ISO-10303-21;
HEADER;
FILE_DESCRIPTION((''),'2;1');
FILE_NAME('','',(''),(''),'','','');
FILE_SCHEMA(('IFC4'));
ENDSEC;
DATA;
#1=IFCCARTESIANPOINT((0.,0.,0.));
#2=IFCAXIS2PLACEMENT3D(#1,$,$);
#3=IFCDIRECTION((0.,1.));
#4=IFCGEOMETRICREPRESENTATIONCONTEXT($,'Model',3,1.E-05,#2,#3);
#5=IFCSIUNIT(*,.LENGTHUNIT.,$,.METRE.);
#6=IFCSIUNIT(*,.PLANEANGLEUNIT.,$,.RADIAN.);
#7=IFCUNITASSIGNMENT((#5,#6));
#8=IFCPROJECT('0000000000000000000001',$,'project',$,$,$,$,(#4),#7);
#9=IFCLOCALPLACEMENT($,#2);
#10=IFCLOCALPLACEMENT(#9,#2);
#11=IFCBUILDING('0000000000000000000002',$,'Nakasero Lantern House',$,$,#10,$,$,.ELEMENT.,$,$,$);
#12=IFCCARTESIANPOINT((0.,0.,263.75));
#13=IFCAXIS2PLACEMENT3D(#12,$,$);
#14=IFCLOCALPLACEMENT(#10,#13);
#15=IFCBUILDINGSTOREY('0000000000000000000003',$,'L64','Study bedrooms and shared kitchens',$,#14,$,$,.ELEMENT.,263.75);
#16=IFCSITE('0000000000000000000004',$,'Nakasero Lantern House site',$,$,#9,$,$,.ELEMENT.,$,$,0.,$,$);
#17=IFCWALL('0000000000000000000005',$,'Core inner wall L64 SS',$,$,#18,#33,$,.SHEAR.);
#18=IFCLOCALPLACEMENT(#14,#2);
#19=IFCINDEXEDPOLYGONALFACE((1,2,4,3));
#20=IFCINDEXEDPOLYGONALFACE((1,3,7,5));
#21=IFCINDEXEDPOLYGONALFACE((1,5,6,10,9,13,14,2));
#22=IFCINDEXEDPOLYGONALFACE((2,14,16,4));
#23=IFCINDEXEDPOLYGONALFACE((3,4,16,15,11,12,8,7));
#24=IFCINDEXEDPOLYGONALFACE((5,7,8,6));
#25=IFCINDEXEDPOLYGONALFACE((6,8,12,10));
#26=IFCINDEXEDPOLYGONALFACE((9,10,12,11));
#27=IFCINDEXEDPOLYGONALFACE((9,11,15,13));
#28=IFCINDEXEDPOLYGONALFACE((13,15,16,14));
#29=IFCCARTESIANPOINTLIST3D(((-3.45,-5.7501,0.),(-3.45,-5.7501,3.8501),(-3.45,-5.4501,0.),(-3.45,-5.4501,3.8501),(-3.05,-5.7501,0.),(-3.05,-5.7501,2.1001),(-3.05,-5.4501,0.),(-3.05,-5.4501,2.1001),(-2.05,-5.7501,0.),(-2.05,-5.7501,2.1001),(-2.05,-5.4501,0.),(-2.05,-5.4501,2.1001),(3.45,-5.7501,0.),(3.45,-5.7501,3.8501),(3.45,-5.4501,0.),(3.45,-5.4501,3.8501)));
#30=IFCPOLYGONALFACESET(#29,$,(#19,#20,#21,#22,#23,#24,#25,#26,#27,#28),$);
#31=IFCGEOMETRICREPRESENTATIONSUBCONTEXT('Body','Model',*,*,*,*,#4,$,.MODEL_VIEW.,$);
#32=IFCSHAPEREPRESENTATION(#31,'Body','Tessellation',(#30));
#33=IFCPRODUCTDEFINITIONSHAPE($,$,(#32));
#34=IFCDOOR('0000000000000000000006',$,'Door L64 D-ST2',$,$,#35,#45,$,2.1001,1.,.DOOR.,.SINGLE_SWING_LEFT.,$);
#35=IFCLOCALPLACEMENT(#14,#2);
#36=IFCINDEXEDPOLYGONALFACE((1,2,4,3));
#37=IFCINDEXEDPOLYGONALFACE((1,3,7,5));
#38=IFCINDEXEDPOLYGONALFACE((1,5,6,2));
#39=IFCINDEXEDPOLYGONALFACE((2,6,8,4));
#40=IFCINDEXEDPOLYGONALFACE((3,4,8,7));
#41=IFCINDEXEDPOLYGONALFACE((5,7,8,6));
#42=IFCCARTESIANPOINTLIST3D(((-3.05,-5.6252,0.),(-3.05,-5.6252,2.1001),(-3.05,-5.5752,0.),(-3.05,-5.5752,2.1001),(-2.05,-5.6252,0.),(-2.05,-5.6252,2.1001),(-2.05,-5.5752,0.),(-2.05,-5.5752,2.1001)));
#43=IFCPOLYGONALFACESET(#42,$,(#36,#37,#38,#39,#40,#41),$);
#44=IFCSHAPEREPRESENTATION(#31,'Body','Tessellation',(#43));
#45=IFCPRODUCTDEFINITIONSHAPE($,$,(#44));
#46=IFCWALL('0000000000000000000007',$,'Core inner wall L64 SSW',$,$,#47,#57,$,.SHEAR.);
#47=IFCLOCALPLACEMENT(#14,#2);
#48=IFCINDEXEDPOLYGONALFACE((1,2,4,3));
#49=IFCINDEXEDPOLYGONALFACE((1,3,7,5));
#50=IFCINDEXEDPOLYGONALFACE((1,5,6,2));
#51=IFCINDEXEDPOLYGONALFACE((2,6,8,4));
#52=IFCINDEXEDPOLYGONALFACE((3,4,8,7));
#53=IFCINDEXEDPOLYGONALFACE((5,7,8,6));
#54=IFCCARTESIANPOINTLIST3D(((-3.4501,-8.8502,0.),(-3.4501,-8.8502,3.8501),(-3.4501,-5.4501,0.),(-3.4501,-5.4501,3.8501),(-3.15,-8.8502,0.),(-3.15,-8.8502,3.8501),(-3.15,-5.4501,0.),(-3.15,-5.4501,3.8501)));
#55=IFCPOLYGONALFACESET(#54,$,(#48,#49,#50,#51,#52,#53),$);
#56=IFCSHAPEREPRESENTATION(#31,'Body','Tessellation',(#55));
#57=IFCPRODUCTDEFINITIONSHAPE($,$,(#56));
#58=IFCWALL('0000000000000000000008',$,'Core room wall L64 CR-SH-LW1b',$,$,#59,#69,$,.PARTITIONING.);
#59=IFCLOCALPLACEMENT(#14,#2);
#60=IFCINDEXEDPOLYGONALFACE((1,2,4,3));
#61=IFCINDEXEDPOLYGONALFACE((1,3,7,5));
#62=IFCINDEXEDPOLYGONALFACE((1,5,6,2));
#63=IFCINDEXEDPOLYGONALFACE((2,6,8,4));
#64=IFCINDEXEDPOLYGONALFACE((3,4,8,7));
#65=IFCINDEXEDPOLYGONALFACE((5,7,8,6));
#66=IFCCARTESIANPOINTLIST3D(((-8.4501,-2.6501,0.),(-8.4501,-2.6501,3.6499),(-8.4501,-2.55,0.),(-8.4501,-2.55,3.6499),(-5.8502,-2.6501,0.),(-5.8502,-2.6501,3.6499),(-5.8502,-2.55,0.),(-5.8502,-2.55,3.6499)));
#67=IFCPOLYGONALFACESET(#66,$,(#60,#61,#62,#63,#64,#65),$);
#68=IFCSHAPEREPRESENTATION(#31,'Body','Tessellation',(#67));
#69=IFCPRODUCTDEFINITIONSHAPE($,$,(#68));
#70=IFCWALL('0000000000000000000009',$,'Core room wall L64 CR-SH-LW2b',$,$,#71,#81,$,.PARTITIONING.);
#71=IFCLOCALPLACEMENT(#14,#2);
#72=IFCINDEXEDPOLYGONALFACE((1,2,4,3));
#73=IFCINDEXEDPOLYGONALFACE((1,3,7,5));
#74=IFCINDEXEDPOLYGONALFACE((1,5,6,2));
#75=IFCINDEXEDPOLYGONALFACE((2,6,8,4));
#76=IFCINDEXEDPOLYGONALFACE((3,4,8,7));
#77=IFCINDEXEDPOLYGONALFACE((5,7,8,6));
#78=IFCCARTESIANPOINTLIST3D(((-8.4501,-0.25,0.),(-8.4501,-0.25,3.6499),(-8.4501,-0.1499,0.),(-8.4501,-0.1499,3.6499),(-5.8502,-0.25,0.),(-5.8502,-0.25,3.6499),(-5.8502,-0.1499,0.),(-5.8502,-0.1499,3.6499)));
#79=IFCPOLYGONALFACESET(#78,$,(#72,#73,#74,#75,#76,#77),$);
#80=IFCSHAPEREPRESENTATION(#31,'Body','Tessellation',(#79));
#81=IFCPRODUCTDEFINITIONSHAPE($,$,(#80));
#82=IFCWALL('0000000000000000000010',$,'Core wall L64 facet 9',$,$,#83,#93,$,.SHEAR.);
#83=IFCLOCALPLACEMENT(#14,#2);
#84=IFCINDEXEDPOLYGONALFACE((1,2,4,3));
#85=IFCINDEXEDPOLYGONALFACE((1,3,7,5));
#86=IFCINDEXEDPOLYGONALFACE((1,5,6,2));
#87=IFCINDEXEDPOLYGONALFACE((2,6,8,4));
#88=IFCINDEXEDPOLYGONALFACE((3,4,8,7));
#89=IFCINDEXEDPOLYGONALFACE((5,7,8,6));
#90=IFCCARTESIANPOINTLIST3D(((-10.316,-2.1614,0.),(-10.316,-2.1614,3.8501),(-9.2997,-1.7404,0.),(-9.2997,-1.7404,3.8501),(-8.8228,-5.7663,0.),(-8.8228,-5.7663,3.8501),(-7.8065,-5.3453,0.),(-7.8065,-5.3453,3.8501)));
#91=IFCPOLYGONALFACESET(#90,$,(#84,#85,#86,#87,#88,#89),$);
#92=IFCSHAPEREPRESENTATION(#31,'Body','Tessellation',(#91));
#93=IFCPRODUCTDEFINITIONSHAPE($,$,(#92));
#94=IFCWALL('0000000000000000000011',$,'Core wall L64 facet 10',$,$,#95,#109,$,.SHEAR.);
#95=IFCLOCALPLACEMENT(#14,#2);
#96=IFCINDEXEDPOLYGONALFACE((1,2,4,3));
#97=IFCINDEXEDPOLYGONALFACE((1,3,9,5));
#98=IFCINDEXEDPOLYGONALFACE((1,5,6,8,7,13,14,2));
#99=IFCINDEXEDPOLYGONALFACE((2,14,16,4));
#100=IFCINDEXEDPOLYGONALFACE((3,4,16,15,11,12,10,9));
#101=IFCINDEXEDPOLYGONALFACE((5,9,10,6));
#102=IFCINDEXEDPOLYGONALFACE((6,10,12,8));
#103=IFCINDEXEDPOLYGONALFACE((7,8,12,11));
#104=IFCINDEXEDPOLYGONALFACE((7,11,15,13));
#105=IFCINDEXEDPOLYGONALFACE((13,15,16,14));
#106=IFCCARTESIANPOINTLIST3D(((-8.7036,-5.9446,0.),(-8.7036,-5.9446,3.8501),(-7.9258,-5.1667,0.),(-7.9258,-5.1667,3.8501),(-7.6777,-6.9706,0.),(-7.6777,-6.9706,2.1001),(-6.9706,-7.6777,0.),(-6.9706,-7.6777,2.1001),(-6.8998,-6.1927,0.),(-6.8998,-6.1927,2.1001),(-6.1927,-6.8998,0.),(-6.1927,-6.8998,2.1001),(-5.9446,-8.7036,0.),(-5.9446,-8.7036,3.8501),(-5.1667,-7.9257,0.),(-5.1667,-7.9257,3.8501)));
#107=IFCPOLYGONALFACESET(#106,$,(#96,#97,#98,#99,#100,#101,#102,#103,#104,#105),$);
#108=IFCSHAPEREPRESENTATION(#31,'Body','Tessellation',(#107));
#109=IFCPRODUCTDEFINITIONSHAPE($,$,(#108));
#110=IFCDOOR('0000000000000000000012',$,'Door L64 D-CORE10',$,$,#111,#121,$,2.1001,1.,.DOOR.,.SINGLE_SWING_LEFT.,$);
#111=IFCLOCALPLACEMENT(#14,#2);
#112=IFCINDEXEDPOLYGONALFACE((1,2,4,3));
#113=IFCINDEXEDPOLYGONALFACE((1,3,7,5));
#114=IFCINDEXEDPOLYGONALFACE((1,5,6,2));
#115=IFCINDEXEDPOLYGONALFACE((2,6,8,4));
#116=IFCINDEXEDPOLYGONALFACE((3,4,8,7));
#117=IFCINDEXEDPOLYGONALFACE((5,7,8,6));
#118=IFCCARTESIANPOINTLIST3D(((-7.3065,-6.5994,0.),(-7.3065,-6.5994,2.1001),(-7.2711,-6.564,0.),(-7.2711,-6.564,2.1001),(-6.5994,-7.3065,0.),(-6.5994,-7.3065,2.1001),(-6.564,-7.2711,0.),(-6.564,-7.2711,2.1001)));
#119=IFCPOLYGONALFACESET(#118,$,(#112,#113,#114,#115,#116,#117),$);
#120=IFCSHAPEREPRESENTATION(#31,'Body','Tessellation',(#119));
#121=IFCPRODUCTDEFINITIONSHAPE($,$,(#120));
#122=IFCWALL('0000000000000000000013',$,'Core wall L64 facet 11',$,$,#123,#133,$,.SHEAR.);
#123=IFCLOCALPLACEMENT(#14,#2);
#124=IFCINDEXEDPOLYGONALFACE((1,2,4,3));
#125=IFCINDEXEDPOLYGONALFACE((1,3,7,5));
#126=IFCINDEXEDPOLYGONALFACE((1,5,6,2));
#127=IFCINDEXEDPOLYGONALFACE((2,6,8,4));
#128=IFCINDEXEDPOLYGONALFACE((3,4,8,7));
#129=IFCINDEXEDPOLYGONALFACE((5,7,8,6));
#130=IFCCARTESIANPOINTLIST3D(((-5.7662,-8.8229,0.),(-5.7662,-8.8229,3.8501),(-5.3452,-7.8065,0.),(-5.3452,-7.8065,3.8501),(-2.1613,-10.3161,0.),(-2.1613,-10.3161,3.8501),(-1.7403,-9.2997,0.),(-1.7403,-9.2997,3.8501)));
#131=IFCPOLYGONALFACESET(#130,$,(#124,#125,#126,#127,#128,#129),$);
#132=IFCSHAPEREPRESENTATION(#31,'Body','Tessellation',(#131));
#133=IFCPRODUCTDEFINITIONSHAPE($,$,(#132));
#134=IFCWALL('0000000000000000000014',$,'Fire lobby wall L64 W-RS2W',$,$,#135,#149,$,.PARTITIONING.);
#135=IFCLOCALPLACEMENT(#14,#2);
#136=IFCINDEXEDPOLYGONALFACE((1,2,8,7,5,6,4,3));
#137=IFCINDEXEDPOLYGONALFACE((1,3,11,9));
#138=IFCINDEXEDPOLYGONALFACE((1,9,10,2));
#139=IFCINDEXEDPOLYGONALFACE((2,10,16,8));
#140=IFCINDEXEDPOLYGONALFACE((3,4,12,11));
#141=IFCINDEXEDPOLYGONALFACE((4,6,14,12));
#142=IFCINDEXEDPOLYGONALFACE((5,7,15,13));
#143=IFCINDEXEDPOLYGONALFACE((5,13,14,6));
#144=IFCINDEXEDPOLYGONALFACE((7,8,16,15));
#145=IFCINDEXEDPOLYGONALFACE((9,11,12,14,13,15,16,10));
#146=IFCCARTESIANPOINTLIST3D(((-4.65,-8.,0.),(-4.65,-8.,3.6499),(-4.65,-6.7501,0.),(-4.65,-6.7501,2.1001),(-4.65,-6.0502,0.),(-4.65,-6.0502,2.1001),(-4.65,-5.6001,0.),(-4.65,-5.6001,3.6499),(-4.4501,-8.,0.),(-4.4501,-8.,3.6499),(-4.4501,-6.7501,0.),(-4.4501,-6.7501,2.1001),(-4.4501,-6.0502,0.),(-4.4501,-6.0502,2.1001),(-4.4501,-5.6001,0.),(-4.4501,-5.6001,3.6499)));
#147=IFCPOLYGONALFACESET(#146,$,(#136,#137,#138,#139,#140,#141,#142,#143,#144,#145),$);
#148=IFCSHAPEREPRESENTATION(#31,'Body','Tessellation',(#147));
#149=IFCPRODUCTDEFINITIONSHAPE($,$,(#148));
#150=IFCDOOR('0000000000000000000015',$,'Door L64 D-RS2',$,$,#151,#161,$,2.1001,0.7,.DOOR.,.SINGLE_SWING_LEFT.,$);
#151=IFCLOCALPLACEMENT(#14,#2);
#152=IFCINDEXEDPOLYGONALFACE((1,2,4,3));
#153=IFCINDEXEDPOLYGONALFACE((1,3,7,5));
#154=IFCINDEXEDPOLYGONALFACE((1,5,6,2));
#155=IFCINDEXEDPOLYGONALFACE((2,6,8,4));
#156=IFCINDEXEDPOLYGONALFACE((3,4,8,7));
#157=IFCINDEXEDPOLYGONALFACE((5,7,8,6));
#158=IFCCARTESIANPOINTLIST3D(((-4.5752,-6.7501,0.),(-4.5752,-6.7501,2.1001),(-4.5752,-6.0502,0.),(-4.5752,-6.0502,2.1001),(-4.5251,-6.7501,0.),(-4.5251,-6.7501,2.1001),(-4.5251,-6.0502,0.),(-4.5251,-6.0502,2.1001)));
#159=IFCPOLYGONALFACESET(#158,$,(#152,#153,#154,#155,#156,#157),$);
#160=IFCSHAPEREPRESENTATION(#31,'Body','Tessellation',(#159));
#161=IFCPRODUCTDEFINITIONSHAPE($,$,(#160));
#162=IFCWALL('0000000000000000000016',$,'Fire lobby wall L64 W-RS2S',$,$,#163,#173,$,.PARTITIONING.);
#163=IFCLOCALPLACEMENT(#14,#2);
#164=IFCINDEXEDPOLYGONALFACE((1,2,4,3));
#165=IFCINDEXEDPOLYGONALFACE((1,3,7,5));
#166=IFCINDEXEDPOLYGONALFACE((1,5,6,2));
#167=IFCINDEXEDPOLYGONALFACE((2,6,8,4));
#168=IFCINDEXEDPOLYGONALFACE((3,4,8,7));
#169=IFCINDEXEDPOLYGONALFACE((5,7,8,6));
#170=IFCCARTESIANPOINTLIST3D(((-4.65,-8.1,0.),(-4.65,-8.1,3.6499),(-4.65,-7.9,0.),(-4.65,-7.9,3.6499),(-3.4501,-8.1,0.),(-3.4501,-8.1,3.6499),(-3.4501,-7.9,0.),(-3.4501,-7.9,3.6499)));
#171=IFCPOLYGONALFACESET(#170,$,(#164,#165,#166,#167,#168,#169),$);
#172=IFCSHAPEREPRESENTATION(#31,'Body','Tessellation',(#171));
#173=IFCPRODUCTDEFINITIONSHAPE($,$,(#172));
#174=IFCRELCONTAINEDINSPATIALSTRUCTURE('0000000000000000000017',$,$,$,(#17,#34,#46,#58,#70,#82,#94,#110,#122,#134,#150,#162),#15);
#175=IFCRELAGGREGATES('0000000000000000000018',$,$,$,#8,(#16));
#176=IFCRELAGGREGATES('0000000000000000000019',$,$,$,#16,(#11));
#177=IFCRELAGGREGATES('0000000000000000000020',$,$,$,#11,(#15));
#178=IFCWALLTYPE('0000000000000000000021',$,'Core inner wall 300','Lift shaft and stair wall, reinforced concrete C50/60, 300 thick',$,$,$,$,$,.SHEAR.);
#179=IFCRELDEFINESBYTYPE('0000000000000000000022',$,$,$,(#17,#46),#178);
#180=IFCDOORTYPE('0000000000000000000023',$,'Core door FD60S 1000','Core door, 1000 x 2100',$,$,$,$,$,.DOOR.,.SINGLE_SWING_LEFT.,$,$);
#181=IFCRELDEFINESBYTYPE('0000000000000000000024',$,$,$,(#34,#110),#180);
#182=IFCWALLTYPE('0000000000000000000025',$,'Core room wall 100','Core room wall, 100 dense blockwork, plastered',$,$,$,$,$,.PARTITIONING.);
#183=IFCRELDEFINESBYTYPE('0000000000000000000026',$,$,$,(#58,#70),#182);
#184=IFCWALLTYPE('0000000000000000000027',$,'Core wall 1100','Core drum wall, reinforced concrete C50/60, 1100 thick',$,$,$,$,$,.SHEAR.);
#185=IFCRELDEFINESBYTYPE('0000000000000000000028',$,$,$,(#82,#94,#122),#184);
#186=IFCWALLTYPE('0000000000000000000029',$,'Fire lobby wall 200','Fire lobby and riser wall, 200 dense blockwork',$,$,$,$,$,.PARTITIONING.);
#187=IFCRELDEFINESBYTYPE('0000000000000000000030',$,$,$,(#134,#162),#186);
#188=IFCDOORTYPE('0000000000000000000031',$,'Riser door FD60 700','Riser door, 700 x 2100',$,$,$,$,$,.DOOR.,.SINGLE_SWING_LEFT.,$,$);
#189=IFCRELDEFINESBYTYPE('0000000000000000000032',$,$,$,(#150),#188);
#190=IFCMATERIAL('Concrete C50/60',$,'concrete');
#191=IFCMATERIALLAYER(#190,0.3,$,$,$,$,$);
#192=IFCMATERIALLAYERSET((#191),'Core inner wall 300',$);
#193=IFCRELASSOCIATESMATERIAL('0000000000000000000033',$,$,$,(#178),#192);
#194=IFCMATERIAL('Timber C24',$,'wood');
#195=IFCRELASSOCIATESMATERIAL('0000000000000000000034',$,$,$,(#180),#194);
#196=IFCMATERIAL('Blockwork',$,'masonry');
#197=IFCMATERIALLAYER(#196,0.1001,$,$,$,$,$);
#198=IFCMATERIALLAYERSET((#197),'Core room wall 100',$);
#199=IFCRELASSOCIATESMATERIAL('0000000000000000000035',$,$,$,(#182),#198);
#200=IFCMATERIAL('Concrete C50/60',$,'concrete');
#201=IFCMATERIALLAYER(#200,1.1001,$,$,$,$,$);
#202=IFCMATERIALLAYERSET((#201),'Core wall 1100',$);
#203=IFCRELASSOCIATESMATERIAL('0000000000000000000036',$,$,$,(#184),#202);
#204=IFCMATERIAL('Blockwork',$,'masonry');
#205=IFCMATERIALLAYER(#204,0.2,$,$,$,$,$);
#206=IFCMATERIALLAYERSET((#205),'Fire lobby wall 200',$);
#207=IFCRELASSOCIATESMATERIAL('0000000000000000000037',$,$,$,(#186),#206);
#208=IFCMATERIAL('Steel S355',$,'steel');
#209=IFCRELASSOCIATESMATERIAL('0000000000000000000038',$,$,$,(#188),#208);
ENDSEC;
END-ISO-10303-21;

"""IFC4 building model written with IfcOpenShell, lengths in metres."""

from ifc_helpers import new_model, si_unit, direction, frame, frame_2d, origin, place, context, subcontext, project, spatial, rectangle, extrude, material, layer, layer_set, type_object, element, fill, save


model = new_model("IFC4")

# Units and contexts
model_context = context("Model", 3, precision=1e-05, world=origin(), true_north=direction((0.0, 1.0)))
body_context = subcontext(model_context, "Body", "Model", "MODEL_VIEW")
ifc_project = project(units=[si_unit("LENGTHUNIT", "METRE"), si_unit("PLANEANGLEUNIT", "RADIAN")], contexts=[model_context])

# Site, building, storey
site_placement = place(None, origin())
site = spatial("IfcSite", under=ifc_project, at=site_placement, Name="Nakasero Lantern House site", CompositionType="ELEMENT", RefElevation=0.0)
building_placement = place(site_placement, origin())
building = spatial("IfcBuilding", under=site, at=building_placement, Name="Nakasero Lantern House", CompositionType="ELEMENT")
storey_placement = place(building_placement, frame((0.0, 0.0, 263.75)))
storey = spatial("IfcBuildingStorey", under=building, at=storey_placement, Name="L64", Description="Study bedrooms and shared kitchens", CompositionType="ELEMENT", Elevation=263.75)

# Shared definitions
ifc_material_1 = material(Name="Concrete C50/60", Category="concrete")
ifc_layer_1 = layer(ifc_material_1, 0.3)
ifc_layer_set_1 = layer_set([ifc_layer_1], Name="Core inner wall 300")
wall_type_1 = type_object("IfcWallType", Name="Core inner wall 300", Description="Lift shaft and stair wall, reinforced concrete C50/60, 300 thick", PredefinedType="SHEAR", material=ifc_layer_set_1)

# Wall, opening, door
wall_1_placement = place(storey_placement, frame((-3.45, -5.6001, 0.0), z_axis=(0.0, 0.0, 1.0), x_axis=(1.0, 0.0, 0.0)))
wall_1 = element("IfcWall", 1, at=wall_1_placement, inside=storey, type_object=wall_type_1, Name="Core inner wall L64 SS", PredefinedType="SHEAR", context=body_context, shape_type="SweptSolid", body=[
    extrude(rectangle(XDim=6.8999, YDim=0.3, at=frame_2d((3.45, 0.0))), origin(), (0.0, 0.0, 1.0), 3.8501),
])
opening_1_placement = place(wall_1_placement, frame((0.3999, 0.0, 0.0)))
opening_1 = element("IfcOpeningElement", 2, at=opening_1_placement, cuts=wall_1, PredefinedType="OPENING", context=body_context, shape_type="SweptSolid", body=[
    extrude(rectangle(XDim=1.0, YDim=2.1001, at=frame_2d((0.5, 1.05))), frame((0.0, 0.1699, 0.0), z_axis=(0.0, -1.0, 0.0), x_axis=(1.0, 0.0, 0.0)), (0.0, 0.0, 1.0), 0.3401),
])
ifc_material_2 = material(Name="Timber C24", Category="wood")
door_type_1 = type_object("IfcDoorType", Name="Core door FD60S 1000", Description="Core door, 1000 x 2100", OperationType="SINGLE_SWING_LEFT", PredefinedType="DOOR", material=ifc_material_2)
door_1_placement = place(opening_1_placement, origin())
door_1 = element("IfcDoor", 3, at=door_1_placement, inside=storey, type_object=door_type_1, Name="Door L64 D-ST2", OperationType="SINGLE_SWING_LEFT", OverallHeight=2.1001, OverallWidth=1.0, PredefinedType="DOOR", context=body_context, shape_type="SweptSolid", body=[
    extrude(rectangle(XDim=1.0, YDim=2.1001, at=frame_2d((0.5, 1.05))), frame((0.0, 0.0249, 0.0), z_axis=(0.0, -1.0, 0.0), x_axis=(1.0, 0.0, 0.0)), (0.0, 0.0, 1.0), 0.05),
])
fill(opening_1, door_1)

# Walls
wall_2_placement = place(storey_placement, frame((-3.3, -5.45, 0.0), z_axis=(0.0, 0.0, 1.0), x_axis=(0.0, -1.0, 0.0)))
element("IfcWall", 4, at=wall_2_placement, inside=storey, type_object=wall_type_1, Name="Core inner wall L64 SSW", PredefinedType="SHEAR", context=body_context, shape_type="SweptSolid", body=[
    extrude(rectangle(XDim=3.4001, YDim=0.3, at=frame_2d((1.7002, 0.0))), origin(), (0.0, 0.0, 1.0), 3.8501),
])
ifc_material_3 = material(Name="Blockwork", Category="masonry")
ifc_layer_2 = layer(ifc_material_3, 0.1001)
ifc_layer_set_2 = layer_set([ifc_layer_2], Name="Core room wall 100")
wall_type_2 = type_object("IfcWallType", Name="Core room wall 100", Description="Core room wall, 100 dense blockwork, plastered", PredefinedType="PARTITIONING", material=ifc_layer_set_2)
for number, where, z_axis, x_axis, name in (
    (5, (-8.45, -2.6001, 0.0), (0.0, 0.0, 1.0), (1.0, 0.0, 0.0), "Core room wall L64 CR-SH-LW1b"),
    (6, (-8.45, -0.2, 0.0), (0.0, 0.0, 1.0), (1.0, 0.0, 0.0), "Core room wall L64 CR-SH-LW2b"),
):
    element("IfcWall", number, at=place(storey_placement, frame(where, z_axis=z_axis, x_axis=x_axis)), inside=storey, type_object=wall_type_2, Name=name, PredefinedType="PARTITIONING", context=body_context, shape_type="SweptSolid", body=[
        extrude(rectangle(XDim=2.5999, YDim=0.1001, at=frame_2d((1.2998, 0.0))), origin(), (0.0, 0.0, 1.0), 3.6499),
    ])
ifc_material_4 = material(Name="Concrete C50/60", Category="concrete")
ifc_layer_3 = layer(ifc_material_4, 1.1001)
ifc_layer_set_3 = layer_set([ifc_layer_3], Name="Core wall 1100")
wall_type_3 = type_object("IfcWallType", Name="Core wall 1100", Description="Core drum wall, reinforced concrete C50/60, 1100 thick", PredefinedType="SHEAR", material=ifc_layer_set_3)
wall_3_placement = place(storey_placement, frame((-9.8079, -1.9509, 0.0), z_axis=(0.0, 0.0, 1.0), x_axis=(0.382691, -0.923877, 0.0)))
element("IfcWall", 7, at=wall_3_placement, inside=storey, type_object=wall_type_3, Name="Core wall L64 facet 9", PredefinedType="SHEAR", context=body_context, shape_type="SweptSolid", body=[
    extrude(rectangle(XDim=3.9019, YDim=1.1001, at=frame_2d((1.9509, 0.0))), origin(), (0.0, 0.0, 1.0), 3.8501),
])

# Wall, opening, door
wall_4_placement = place(storey_placement, frame((-8.3147, -5.5557, 0.0), z_axis=(0.0, 0.0, 1.0), x_axis=(0.707107, -0.707107, 0.0)))
wall_4 = element("IfcWall", 8, at=wall_4_placement, inside=storey, type_object=wall_type_3, Name="Core wall L64 facet 10", PredefinedType="SHEAR", context=body_context, shape_type="SweptSolid", body=[
    extrude(rectangle(XDim=3.9019, YDim=1.1001, at=frame_2d((1.9509, 0.0))), origin(), (0.0, 0.0, 1.0), 3.8501),
])
opening_2_placement = place(wall_4_placement, frame((1.4509, 0.0, 0.0)))
opening_2 = element("IfcOpeningElement", 9, at=opening_2_placement, cuts=wall_4, PredefinedType="OPENING", context=body_context, shape_type="SweptSolid", body=[
    extrude(rectangle(XDim=1.0, YDim=2.1001, at=frame_2d((0.5, 1.05))), frame((0.0, 0.5701, 0.0), z_axis=(0.0, -1.0, 0.0), x_axis=(1.0, 0.0, 0.0)), (0.0, 0.0, 1.0), 1.1401),
])
door_2_placement = place(opening_2_placement, origin())
door_2 = element("IfcDoor", 10, at=door_2_placement, inside=storey, type_object=door_type_1, Name="Door L64 D-CORE10", OperationType="SINGLE_SWING_LEFT", OverallHeight=2.1001, OverallWidth=1.0, PredefinedType="DOOR", context=body_context, shape_type="SweptSolid", body=[
    extrude(rectangle(XDim=1.0, YDim=2.1001, at=frame_2d((0.5, 1.05))), frame((0.0, 0.0249, 0.0), z_axis=(0.0, -1.0, 0.0), x_axis=(1.0, 0.0, 0.0)), (0.0, 0.0, 1.0), 0.05),
])
fill(opening_2, door_2)

# Wall
wall_5_placement = place(storey_placement, frame((-5.5557, -8.3147, 0.0), z_axis=(0.0, 0.0, 1.0), x_axis=(0.923877, -0.382691, 0.0)))
element("IfcWall", 11, at=wall_5_placement, inside=storey, type_object=wall_type_3, Name="Core wall L64 facet 11", PredefinedType="SHEAR", context=body_context, shape_type="SweptSolid", body=[
    extrude(rectangle(XDim=3.9019, YDim=1.1001, at=frame_2d((1.9509, 0.0))), origin(), (0.0, 0.0, 1.0), 3.8501),
])

# Wall, opening, door
ifc_material_5 = material(Name="Blockwork", Category="masonry")
ifc_layer_4 = layer(ifc_material_5, 0.2)
ifc_layer_set_4 = layer_set([ifc_layer_4], Name="Fire lobby wall 200")
wall_type_4 = type_object("IfcWallType", Name="Fire lobby wall 200", Description="Fire lobby and riser wall, 200 dense blockwork", PredefinedType="PARTITIONING", material=ifc_layer_set_4)
wall_6_placement = place(storey_placement, frame((-4.55, -5.6001, 0.0), z_axis=(0.0, 0.0, 1.0), x_axis=(0.0, -1.0, 0.0)))
wall_6 = element("IfcWall", 12, at=wall_6_placement, inside=storey, type_object=wall_type_4, Name="Fire lobby wall L64 W-RS2W", PredefinedType="PARTITIONING", context=body_context, shape_type="SweptSolid", body=[
    extrude(rectangle(XDim=2.3999, YDim=0.2, at=frame_2d((1.2, 0.0))), origin(), (0.0, 0.0, 1.0), 3.6499),
])
opening_3_placement = place(wall_6_placement, frame((0.45, 0.0, 0.0)))
opening_3 = element("IfcOpeningElement", 13, at=opening_3_placement, cuts=wall_6, PredefinedType="OPENING", context=body_context, shape_type="SweptSolid", body=[
    extrude(rectangle(XDim=0.7, YDim=2.1001, at=frame_2d((0.3501, 1.05))), frame((0.0, 0.1199, 0.0), z_axis=(0.0, -1.0, 0.0), x_axis=(1.0, 0.0, 0.0)), (0.0, 0.0, 1.0), 0.24),
])
ifc_material_6 = material(Name="Steel S355", Category="steel")
door_type_2 = type_object("IfcDoorType", Name="Riser door FD60 700", Description="Riser door, 700 x 2100", OperationType="SINGLE_SWING_LEFT", PredefinedType="DOOR", material=ifc_material_6)
door_3_placement = place(opening_3_placement, origin())
door_3 = element("IfcDoor", 14, at=door_3_placement, inside=storey, type_object=door_type_2, Name="Door L64 D-RS2", OperationType="SINGLE_SWING_LEFT", OverallHeight=2.1001, OverallWidth=0.7, PredefinedType="DOOR", context=body_context, shape_type="SweptSolid", body=[
    extrude(rectangle(XDim=0.7, YDim=2.1001, at=frame_2d((0.3501, 1.05))), frame((0.0, 0.0249, 0.0), z_axis=(0.0, -1.0, 0.0), x_axis=(1.0, 0.0, 0.0)), (0.0, 0.0, 1.0), 0.05),
])
fill(opening_3, door_3)

# Wall
for number, where, z_axis, x_axis, name in (
    (15, (-3.45, -8.0, 0.0), (0.0, 0.0, 1.0), (-1.0, 0.0, 0.0), "Fire lobby wall L64 W-RS2S"),
):
    element("IfcWall", number, at=place(storey_placement, frame(where, z_axis=z_axis, x_axis=x_axis)), inside=storey, type_object=wall_type_4, Name=name, PredefinedType="PARTITIONING", context=body_context, shape_type="SweptSolid", body=[
        extrude(rectangle(XDim=1.2, YDim=0.2, at=frame_2d((0.6001, 0.0))), origin(), (0.0, 0.0, 1.0), 3.6499),
    ])

save(model, "model.ifc")
